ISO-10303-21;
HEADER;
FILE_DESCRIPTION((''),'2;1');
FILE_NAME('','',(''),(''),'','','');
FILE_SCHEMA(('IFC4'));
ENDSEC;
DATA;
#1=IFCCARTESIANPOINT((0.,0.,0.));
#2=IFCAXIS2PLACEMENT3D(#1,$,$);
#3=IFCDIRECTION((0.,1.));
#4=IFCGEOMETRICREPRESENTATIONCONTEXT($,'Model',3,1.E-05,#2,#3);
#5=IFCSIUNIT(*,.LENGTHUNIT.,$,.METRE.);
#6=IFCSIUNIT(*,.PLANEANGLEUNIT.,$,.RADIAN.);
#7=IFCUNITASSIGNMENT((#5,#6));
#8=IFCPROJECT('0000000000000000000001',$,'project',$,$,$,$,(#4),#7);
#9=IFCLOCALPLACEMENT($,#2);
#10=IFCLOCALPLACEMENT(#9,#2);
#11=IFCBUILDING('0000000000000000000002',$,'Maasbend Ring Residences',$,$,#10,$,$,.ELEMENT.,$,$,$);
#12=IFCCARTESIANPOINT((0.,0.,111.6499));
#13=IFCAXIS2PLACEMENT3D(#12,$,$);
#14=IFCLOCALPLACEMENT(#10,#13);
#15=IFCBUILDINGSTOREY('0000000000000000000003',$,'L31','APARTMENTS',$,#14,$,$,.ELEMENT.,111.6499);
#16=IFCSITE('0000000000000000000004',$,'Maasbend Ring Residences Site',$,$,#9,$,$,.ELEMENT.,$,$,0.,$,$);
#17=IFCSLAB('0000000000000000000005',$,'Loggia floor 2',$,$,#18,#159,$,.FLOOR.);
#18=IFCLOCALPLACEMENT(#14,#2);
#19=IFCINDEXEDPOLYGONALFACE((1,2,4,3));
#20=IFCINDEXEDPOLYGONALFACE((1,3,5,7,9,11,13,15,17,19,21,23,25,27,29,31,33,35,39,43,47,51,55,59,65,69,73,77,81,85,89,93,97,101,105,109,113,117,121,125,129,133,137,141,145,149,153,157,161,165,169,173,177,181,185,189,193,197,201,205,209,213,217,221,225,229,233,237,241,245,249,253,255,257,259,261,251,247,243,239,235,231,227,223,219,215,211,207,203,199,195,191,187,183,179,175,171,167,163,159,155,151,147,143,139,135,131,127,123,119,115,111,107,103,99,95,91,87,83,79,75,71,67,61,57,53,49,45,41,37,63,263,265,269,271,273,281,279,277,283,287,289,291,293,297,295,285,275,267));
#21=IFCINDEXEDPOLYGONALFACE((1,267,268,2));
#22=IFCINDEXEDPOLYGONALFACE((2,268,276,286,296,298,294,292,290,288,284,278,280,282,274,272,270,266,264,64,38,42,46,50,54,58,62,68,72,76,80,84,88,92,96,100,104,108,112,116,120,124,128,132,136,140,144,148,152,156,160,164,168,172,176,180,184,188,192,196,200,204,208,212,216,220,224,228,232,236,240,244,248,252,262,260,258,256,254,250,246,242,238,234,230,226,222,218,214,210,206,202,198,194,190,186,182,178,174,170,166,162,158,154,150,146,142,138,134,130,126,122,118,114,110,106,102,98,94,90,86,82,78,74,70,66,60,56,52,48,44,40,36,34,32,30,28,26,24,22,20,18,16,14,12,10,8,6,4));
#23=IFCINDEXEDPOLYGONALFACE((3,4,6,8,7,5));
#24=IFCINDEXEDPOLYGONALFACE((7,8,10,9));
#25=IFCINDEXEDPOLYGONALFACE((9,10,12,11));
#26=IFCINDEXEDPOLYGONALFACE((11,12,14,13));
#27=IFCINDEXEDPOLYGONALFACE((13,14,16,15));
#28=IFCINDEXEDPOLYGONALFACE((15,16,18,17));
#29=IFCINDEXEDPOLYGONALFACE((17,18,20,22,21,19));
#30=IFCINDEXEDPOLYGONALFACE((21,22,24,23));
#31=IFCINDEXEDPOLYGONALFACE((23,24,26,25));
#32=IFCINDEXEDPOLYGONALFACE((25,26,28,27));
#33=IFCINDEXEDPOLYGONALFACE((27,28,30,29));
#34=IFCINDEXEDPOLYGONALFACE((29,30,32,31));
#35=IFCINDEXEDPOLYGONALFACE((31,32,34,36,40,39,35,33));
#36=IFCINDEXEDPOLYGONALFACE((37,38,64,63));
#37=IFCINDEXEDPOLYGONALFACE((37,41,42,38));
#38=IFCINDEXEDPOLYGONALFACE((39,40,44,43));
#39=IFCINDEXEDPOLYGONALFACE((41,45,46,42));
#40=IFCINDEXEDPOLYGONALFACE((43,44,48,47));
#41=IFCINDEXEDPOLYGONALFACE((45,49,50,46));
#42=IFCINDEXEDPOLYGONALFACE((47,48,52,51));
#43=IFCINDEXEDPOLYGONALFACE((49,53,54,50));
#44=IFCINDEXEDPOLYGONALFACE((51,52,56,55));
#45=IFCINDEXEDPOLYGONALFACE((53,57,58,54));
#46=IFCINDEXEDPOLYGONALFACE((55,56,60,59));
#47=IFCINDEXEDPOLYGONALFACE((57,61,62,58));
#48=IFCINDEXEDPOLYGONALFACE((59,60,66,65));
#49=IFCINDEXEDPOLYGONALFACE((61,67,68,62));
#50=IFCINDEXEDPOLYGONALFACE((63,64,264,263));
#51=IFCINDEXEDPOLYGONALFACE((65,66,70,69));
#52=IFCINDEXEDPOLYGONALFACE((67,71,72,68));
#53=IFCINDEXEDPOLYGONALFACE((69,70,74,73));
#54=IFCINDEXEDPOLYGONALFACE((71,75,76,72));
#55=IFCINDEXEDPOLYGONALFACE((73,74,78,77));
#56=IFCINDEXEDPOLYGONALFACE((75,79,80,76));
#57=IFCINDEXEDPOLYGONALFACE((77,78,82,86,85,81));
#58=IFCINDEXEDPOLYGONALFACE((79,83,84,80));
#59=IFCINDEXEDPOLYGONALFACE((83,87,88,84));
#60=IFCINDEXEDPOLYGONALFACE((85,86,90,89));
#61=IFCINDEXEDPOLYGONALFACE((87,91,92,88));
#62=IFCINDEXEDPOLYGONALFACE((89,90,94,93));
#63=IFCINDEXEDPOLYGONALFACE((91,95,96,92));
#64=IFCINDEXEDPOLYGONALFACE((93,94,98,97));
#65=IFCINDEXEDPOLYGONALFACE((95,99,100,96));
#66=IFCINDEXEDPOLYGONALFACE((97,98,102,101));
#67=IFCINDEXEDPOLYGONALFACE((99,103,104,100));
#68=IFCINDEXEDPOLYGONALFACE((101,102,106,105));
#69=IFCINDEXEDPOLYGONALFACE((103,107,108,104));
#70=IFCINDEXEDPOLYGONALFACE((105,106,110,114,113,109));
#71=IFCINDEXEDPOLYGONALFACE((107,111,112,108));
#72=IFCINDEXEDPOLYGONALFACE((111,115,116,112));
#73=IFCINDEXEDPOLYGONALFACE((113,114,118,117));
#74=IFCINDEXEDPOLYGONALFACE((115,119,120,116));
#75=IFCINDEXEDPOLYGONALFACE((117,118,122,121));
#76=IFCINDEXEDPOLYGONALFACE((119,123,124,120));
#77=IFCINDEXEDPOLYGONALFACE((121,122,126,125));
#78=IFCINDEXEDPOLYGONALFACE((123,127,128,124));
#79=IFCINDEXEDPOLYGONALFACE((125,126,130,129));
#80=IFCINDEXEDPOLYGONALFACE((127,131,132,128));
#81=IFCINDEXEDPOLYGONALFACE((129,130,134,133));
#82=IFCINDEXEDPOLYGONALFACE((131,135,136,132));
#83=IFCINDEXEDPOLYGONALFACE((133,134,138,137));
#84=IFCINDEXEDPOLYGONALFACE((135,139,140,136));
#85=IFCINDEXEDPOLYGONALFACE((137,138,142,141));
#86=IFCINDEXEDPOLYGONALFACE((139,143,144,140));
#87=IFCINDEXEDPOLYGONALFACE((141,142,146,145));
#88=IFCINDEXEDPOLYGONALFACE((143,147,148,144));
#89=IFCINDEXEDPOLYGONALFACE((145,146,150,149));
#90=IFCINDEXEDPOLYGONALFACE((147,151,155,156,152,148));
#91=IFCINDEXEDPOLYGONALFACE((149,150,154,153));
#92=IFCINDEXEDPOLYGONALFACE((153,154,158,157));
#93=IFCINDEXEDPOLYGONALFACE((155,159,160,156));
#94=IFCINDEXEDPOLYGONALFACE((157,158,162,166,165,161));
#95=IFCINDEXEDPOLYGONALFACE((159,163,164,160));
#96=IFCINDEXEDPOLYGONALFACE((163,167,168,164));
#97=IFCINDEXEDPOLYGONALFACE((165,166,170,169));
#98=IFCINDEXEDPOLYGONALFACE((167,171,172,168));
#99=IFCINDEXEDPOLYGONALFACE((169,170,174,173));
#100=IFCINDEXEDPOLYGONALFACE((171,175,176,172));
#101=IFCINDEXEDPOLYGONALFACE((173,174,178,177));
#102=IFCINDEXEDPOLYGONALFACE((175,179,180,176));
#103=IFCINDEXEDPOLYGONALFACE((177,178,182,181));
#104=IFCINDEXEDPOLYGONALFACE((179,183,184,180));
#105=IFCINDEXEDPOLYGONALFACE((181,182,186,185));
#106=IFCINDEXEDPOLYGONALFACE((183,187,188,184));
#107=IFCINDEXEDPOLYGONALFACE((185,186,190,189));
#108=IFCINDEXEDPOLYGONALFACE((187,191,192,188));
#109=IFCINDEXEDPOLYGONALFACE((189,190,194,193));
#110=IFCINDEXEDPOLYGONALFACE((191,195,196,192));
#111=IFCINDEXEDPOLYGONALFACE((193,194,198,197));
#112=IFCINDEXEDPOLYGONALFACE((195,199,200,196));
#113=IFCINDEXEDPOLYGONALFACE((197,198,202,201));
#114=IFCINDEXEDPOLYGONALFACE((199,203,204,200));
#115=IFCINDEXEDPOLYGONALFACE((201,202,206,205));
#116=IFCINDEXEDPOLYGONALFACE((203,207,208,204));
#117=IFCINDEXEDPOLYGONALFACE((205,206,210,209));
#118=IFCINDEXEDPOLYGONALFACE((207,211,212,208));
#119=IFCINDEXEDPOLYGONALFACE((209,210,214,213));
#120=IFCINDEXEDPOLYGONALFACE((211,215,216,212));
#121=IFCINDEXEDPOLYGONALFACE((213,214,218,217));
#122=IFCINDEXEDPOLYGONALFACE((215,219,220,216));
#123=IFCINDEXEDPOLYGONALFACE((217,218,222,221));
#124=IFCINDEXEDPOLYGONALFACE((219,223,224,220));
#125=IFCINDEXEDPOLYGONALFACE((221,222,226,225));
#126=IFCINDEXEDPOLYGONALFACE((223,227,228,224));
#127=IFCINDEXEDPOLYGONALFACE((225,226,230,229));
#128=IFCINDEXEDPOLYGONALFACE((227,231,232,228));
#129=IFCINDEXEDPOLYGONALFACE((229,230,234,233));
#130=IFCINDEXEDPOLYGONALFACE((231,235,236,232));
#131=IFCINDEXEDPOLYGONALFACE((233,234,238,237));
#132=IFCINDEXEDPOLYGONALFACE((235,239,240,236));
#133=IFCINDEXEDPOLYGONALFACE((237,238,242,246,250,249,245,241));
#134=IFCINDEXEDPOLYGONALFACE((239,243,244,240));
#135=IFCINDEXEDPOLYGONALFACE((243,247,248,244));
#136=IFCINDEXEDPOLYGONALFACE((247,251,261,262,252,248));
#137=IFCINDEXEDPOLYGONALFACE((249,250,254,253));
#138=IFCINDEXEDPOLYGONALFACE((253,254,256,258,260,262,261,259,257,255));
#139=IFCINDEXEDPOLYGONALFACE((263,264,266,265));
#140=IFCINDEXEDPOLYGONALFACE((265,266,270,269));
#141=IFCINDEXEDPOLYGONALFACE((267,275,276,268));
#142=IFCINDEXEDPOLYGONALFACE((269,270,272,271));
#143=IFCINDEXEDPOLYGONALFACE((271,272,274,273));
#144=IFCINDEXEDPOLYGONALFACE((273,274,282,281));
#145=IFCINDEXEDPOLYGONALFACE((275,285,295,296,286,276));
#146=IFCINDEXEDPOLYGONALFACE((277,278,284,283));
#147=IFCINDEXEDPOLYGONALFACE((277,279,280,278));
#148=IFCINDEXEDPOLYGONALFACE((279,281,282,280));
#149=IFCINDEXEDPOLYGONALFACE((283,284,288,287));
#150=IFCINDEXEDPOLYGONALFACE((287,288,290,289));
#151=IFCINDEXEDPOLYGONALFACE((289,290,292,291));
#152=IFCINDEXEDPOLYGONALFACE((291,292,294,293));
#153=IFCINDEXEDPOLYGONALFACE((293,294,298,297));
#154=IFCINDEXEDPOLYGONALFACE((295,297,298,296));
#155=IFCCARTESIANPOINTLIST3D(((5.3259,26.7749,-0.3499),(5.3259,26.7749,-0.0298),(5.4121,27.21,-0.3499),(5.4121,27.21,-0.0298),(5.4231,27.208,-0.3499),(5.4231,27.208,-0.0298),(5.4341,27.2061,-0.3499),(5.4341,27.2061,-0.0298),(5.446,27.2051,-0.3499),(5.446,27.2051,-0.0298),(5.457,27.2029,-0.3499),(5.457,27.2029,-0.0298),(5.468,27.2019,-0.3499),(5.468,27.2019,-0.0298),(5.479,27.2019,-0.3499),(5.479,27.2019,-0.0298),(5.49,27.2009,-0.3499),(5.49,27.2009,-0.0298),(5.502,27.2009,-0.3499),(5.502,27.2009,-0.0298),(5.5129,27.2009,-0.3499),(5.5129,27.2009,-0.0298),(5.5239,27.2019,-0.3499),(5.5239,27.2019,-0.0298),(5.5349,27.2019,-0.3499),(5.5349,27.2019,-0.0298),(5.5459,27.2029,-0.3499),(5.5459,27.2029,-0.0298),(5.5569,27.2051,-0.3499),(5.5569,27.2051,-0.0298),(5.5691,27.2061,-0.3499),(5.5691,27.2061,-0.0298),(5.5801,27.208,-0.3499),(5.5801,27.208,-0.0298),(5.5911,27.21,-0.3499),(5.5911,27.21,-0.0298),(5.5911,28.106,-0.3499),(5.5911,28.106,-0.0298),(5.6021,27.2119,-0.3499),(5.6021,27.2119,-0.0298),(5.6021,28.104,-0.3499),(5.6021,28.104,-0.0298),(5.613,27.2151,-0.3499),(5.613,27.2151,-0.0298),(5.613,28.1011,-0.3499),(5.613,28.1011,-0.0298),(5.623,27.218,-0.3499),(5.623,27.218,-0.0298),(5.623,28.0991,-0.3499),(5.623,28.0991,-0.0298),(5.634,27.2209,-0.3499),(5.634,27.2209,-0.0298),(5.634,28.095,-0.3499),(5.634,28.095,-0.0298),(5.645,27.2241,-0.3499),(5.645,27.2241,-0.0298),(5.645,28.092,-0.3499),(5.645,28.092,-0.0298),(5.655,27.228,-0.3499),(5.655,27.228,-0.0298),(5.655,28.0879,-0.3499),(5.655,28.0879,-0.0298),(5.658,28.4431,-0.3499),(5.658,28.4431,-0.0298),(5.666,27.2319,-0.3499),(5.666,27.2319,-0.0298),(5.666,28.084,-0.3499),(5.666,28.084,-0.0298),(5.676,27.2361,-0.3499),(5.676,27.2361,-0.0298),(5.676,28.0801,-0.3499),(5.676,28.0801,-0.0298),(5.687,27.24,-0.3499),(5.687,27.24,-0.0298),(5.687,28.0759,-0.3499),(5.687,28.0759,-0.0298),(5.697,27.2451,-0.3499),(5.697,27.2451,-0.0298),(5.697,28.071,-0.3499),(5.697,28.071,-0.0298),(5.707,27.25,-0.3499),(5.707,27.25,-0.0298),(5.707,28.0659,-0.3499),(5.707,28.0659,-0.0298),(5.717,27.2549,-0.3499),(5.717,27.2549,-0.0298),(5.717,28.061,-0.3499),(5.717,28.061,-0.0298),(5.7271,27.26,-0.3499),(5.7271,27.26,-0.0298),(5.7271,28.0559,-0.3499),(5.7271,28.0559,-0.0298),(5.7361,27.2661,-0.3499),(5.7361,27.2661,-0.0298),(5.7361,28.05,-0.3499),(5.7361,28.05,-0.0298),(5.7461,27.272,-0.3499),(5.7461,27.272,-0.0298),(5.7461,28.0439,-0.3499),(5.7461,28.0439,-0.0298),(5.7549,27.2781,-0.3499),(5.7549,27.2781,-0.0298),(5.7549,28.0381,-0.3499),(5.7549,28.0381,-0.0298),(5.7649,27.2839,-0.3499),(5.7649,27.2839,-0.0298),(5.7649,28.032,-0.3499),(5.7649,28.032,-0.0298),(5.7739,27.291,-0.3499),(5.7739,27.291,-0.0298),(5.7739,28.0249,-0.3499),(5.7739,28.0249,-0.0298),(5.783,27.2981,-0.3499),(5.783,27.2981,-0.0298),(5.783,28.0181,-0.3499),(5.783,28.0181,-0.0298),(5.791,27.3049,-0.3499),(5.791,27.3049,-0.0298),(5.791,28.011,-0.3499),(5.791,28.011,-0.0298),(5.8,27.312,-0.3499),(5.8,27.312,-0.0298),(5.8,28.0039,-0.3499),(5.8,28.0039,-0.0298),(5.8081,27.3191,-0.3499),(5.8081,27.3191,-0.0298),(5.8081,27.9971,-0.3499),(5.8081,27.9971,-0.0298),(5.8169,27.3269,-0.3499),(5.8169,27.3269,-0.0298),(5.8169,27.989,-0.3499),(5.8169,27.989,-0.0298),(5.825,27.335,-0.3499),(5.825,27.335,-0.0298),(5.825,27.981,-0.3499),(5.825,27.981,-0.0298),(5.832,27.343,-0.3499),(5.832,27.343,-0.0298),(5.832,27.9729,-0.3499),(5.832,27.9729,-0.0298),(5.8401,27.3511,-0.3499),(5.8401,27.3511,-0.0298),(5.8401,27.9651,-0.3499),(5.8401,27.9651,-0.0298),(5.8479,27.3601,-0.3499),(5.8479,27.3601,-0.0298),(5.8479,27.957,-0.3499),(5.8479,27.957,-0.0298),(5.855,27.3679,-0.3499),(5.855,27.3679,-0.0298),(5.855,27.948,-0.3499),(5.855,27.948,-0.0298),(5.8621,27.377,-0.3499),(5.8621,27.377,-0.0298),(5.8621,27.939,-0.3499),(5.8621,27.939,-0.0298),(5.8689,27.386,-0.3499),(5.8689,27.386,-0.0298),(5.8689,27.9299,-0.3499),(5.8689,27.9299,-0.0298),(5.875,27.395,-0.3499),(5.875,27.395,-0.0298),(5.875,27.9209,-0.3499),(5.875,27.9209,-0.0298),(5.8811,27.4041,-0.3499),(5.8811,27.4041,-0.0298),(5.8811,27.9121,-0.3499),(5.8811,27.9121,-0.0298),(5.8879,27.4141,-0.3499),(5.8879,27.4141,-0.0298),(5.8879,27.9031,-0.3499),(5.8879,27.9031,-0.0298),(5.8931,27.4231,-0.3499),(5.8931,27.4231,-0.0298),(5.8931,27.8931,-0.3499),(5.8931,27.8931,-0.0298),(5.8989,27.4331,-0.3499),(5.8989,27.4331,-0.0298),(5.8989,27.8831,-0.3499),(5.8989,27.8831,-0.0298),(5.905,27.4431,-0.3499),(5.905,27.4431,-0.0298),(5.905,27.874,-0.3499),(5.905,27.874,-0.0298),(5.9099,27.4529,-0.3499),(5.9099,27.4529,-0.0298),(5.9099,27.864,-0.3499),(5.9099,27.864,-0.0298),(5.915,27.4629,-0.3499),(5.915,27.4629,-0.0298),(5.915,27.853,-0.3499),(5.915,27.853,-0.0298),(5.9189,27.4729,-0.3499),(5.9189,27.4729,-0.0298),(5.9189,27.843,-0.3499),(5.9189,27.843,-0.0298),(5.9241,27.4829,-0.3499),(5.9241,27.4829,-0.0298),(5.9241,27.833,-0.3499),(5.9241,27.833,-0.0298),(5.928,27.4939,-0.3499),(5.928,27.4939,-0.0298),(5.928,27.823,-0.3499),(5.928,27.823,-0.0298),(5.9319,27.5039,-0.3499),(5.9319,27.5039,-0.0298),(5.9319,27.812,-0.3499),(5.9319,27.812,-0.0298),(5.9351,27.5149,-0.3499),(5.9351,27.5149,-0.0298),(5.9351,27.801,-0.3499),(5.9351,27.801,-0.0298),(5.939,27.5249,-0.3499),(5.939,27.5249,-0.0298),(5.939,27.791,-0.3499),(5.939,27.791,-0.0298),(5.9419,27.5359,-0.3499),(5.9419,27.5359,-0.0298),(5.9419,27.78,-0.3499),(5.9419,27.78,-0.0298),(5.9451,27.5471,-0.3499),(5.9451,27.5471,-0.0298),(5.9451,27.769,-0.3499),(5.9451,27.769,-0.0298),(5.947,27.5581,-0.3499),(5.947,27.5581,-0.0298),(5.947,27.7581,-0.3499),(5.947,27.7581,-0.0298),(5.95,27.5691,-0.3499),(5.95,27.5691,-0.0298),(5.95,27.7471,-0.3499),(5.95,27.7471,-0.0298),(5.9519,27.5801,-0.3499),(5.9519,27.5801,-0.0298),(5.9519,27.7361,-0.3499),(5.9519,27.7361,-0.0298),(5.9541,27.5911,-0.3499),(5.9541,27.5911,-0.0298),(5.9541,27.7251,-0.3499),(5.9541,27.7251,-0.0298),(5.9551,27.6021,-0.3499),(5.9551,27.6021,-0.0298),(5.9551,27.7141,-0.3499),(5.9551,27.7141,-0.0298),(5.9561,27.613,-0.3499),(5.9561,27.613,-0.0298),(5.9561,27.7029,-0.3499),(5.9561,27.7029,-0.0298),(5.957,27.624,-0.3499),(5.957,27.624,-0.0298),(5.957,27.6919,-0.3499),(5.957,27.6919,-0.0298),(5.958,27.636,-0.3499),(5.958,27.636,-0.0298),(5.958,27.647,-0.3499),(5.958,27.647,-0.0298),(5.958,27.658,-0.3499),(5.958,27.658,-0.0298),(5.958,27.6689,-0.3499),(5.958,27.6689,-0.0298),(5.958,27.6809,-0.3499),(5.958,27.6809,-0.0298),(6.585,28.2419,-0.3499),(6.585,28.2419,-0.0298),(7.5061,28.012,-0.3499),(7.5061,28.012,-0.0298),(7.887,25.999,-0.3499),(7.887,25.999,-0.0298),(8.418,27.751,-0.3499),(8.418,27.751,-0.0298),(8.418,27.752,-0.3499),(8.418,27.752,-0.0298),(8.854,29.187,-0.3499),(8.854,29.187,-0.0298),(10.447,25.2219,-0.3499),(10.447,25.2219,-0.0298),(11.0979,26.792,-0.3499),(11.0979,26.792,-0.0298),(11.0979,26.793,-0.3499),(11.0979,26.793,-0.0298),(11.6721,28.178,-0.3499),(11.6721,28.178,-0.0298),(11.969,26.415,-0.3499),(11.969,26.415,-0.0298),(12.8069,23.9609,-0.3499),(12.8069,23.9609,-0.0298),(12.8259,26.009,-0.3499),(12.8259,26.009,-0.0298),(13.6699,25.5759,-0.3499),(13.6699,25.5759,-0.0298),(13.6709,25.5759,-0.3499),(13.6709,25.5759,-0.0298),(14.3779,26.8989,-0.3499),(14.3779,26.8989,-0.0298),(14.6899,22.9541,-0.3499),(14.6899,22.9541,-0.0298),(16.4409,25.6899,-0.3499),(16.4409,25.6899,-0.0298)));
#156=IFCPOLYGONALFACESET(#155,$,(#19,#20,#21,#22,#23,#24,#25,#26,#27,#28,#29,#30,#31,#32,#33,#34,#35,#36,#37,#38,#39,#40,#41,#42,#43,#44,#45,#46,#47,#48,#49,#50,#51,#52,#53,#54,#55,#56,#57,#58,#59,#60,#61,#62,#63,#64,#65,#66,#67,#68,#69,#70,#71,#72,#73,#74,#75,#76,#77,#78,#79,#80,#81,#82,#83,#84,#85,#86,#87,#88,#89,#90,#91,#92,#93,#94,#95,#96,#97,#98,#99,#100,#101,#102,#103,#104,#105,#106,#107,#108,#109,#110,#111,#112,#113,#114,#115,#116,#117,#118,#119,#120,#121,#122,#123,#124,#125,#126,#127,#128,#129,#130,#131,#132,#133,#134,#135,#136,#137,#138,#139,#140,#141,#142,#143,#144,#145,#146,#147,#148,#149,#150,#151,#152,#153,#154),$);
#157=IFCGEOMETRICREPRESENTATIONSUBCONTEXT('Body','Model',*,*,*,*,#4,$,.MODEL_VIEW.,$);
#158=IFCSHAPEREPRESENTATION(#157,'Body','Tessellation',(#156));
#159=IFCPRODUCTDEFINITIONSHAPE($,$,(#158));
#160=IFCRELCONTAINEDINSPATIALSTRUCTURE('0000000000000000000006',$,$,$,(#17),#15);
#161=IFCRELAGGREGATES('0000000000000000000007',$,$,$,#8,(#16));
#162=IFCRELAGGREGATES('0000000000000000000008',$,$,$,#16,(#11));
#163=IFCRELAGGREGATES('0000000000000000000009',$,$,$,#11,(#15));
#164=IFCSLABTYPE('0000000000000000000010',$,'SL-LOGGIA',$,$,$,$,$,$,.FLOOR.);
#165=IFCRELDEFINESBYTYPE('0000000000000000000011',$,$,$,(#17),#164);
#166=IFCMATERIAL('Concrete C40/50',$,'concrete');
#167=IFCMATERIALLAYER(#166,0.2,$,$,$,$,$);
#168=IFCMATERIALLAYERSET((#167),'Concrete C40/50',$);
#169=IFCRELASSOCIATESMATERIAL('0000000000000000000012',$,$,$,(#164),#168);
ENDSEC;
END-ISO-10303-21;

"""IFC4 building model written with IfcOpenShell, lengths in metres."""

from ifc_helpers import new_model, si_unit, direction, frame, origin, place, context, subcontext, project, spatial, polyline, outline, extrude, material, layer, layer_set, type_object, element, save


model = new_model("IFC4")

# Units and contexts
model_context = context("Model", 3, precision=1e-05, world=origin(), true_north=direction((0.0, 1.0)))
body_context = subcontext(model_context, "Body", "Model", "MODEL_VIEW")
ifc_project = project(units=[si_unit("LENGTHUNIT", "METRE"), si_unit("PLANEANGLEUNIT", "RADIAN")], contexts=[model_context])

# Site, building, storey
site_placement = place(None, origin())
site = spatial("IfcSite", under=ifc_project, at=site_placement, Name="Maasbend Ring Residences Site", CompositionType="ELEMENT", RefElevation=0.0)
building_placement = place(site_placement, origin())
building = spatial("IfcBuilding", under=site, at=building_placement, Name="Maasbend Ring Residences", CompositionType="ELEMENT")
storey_placement = place(building_placement, frame((0.0, 0.0, 111.6499)))
storey = spatial("IfcBuildingStorey", under=building, at=storey_placement, Name="L31", Description="APARTMENTS", CompositionType="ELEMENT", Elevation=111.6499)

# Slab
ifc_material_1 = material(Name="Concrete C40/50", Category="concrete")
ifc_layer_1 = layer(ifc_material_1, 0.2)
ifc_layer_set_1 = layer_set([ifc_layer_1], Name="Concrete C40/50")
slab_type_1 = type_object("IfcSlabType", Name="SL-LOGGIA", PredefinedType="FLOOR", material=ifc_layer_set_1)
slab_1_placement = place(storey_placement, frame((0.0, 0.0, -0.3499)))
element("IfcSlab", 1, at=slab_1_placement, inside=storey, type_object=slab_type_1, Name="Loggia floor 2", PredefinedType="FLOOR", context=body_context, shape_type="SweptSolid", body=[
    extrude(outline(polyline([(5.446, 27.2051), (5.457, 27.2029), (5.468, 27.2019), (5.479, 27.2019), (5.49, 27.2009), (5.502, 27.2009), (5.5129, 27.2009), (5.5239, 27.2019), (5.5349, 27.2019), (5.5459, 27.2029), (5.5569, 27.2051), (5.5691, 27.2061), (5.5801, 27.208), (5.5911, 27.21), (5.6021, 27.2119), (5.613, 27.2151), (5.623, 27.218), (5.634, 27.2209), (5.645, 27.2241), (5.655, 27.228), (5.666, 27.2319), (5.676, 27.2361), (5.687, 27.24), (5.697, 27.2451), (5.707, 27.25), (5.717, 27.2549), (5.7271, 27.26), (5.7361, 27.2661), (5.7461, 27.272), (5.7549, 27.2781), (5.7649, 27.2839), (5.7739, 27.291), (5.783, 27.2981), (5.791, 27.3049), (5.8, 27.312), (5.8081, 27.3191), (5.8169, 27.3269), (5.825, 27.335), (5.832, 27.343), (5.8401, 27.3511), (5.8479, 27.3601), (5.855, 27.3679), (5.8621, 27.377), (5.8689, 27.386), (5.875, 27.395), (5.8811, 27.4041), (5.8879, 27.4141), (5.8931, 27.4231), (5.8989, 27.4331), (5.905, 27.4431), (5.9099, 27.4529), (5.915, 27.4629), (5.9189, 27.4729), (5.9241, 27.4829), (5.928, 27.4939), (5.9319, 27.5039), (5.9351, 27.5149), (5.939, 27.5249), (5.9419, 27.5359), (5.9451, 27.5471), (5.947, 27.5581), (5.95, 27.5691), (5.9519, 27.5801), (5.9541, 27.5911), (5.9551, 27.6021), (5.9561, 27.613), (5.957, 27.624), (5.958, 27.636), (5.958, 27.647), (5.958, 27.658), (5.958, 27.6689), (5.958, 27.6809), (5.957, 27.6919), (5.9561, 27.7029), (5.9551, 27.7141), (5.9541, 27.7251), (5.9519, 27.7361), (5.95, 27.7471), (5.947, 27.7581), (5.9451, 27.769), (5.9419, 27.78), (5.939, 27.791), (5.9351, 27.801), (5.9319, 27.812), (5.928, 27.823), (5.9241, 27.833), (5.9189, 27.843), (5.915, 27.853), (5.9099, 27.864), (5.905, 27.874), (5.8989, 27.8831), (5.8931, 27.8931), (5.8879, 27.9031), (5.8811, 27.9121), (5.875, 27.9209), (5.8689, 27.9299), (5.8621, 27.939), (5.855, 27.948), (5.8479, 27.957), (5.8401, 27.9651), (5.832, 27.9729), (5.825, 27.981), (5.8169, 27.989), (5.8081, 27.9971), (5.8, 28.0039), (5.791, 28.011), (5.783, 28.0181), (5.7739, 28.0249), (5.7649, 28.032), (5.7549, 28.0381), (5.7461, 28.0439), (5.7361, 28.05), (5.7271, 28.0559), (5.717, 28.061), (5.707, 28.0659), (5.697, 28.071), (5.687, 28.0759), (5.676, 28.0801), (5.666, 28.084), (5.655, 28.0879), (5.645, 28.092), (5.634, 28.095), (5.623, 28.0991), (5.613, 28.1011), (5.6021, 28.104), (5.5911, 28.106), (5.658, 28.4431), (5.658, 28.4431), (5.658, 28.4431), (6.585, 28.2419), (6.585, 28.2419), (7.5061, 28.012), (7.5061, 28.012), (8.418, 27.751), (8.418, 27.751), (8.418, 27.751), (8.418, 27.751), (8.418, 27.751), (8.418, 27.751), (8.418, 27.751), (8.418, 27.751), (8.418, 27.751), (8.418, 27.751), (8.418, 27.752), (8.418, 27.752), (8.418, 27.752), (8.418, 27.752), (8.418, 27.752), (8.418, 27.752), (8.418, 27.752), (8.854, 29.187), (8.854, 29.187), (8.854, 29.187), (11.6721, 28.178), (11.6721, 28.178), (11.6721, 28.178), (11.0979, 26.793), (11.0979, 26.793), (11.0979, 26.793), (11.0979, 26.793), (11.0979, 26.793), (11.0979, 26.793), (11.0979, 26.793), (11.0979, 26.793), (11.0979, 26.793), (11.0979, 26.793), (11.0979, 26.792), (11.0979, 26.792), (11.0979, 26.792), (11.0979, 26.792), (11.0979, 26.792), (11.0979, 26.792), (11.0979, 26.792), (11.969, 26.415), (11.969, 26.415), (12.8259, 26.009), (12.8259, 26.009), (13.6699, 25.5759), (13.6699, 25.5759), (13.6699, 25.5759), (13.6699, 25.5759), (13.6699, 25.5759), (13.6699, 25.5759), (13.6699, 25.5759), (13.6699, 25.5759), (13.6699, 25.5759), (13.6699, 25.5759), (13.6709, 25.5759), (13.6709, 25.5759), (13.6709, 25.5759), (13.6709, 25.5759), (13.6709, 25.5759), (13.6709, 25.5759), (13.6709, 25.5759), (14.3779, 26.8989), (14.3779, 26.8989), (14.3779, 26.8989), (16.4409, 25.6899), (16.4409, 25.6899), (16.4409, 25.6899), (14.6899, 22.9541), (14.6899, 22.9541), (14.6899, 22.9541), (12.8069, 23.9609), (10.447, 25.2219), (10.447, 25.2219), (10.447, 25.2219), (7.887, 25.999), (5.3259, 26.7749), (5.3259, 26.7749), (5.3259, 26.7749), (5.4121, 27.21), (5.4231, 27.208), (5.4341, 27.2061), (5.446, 27.2051)])), origin(), (0.0, 0.0, 1.0), 0.3201),
])

save(model, "model.ifc")
